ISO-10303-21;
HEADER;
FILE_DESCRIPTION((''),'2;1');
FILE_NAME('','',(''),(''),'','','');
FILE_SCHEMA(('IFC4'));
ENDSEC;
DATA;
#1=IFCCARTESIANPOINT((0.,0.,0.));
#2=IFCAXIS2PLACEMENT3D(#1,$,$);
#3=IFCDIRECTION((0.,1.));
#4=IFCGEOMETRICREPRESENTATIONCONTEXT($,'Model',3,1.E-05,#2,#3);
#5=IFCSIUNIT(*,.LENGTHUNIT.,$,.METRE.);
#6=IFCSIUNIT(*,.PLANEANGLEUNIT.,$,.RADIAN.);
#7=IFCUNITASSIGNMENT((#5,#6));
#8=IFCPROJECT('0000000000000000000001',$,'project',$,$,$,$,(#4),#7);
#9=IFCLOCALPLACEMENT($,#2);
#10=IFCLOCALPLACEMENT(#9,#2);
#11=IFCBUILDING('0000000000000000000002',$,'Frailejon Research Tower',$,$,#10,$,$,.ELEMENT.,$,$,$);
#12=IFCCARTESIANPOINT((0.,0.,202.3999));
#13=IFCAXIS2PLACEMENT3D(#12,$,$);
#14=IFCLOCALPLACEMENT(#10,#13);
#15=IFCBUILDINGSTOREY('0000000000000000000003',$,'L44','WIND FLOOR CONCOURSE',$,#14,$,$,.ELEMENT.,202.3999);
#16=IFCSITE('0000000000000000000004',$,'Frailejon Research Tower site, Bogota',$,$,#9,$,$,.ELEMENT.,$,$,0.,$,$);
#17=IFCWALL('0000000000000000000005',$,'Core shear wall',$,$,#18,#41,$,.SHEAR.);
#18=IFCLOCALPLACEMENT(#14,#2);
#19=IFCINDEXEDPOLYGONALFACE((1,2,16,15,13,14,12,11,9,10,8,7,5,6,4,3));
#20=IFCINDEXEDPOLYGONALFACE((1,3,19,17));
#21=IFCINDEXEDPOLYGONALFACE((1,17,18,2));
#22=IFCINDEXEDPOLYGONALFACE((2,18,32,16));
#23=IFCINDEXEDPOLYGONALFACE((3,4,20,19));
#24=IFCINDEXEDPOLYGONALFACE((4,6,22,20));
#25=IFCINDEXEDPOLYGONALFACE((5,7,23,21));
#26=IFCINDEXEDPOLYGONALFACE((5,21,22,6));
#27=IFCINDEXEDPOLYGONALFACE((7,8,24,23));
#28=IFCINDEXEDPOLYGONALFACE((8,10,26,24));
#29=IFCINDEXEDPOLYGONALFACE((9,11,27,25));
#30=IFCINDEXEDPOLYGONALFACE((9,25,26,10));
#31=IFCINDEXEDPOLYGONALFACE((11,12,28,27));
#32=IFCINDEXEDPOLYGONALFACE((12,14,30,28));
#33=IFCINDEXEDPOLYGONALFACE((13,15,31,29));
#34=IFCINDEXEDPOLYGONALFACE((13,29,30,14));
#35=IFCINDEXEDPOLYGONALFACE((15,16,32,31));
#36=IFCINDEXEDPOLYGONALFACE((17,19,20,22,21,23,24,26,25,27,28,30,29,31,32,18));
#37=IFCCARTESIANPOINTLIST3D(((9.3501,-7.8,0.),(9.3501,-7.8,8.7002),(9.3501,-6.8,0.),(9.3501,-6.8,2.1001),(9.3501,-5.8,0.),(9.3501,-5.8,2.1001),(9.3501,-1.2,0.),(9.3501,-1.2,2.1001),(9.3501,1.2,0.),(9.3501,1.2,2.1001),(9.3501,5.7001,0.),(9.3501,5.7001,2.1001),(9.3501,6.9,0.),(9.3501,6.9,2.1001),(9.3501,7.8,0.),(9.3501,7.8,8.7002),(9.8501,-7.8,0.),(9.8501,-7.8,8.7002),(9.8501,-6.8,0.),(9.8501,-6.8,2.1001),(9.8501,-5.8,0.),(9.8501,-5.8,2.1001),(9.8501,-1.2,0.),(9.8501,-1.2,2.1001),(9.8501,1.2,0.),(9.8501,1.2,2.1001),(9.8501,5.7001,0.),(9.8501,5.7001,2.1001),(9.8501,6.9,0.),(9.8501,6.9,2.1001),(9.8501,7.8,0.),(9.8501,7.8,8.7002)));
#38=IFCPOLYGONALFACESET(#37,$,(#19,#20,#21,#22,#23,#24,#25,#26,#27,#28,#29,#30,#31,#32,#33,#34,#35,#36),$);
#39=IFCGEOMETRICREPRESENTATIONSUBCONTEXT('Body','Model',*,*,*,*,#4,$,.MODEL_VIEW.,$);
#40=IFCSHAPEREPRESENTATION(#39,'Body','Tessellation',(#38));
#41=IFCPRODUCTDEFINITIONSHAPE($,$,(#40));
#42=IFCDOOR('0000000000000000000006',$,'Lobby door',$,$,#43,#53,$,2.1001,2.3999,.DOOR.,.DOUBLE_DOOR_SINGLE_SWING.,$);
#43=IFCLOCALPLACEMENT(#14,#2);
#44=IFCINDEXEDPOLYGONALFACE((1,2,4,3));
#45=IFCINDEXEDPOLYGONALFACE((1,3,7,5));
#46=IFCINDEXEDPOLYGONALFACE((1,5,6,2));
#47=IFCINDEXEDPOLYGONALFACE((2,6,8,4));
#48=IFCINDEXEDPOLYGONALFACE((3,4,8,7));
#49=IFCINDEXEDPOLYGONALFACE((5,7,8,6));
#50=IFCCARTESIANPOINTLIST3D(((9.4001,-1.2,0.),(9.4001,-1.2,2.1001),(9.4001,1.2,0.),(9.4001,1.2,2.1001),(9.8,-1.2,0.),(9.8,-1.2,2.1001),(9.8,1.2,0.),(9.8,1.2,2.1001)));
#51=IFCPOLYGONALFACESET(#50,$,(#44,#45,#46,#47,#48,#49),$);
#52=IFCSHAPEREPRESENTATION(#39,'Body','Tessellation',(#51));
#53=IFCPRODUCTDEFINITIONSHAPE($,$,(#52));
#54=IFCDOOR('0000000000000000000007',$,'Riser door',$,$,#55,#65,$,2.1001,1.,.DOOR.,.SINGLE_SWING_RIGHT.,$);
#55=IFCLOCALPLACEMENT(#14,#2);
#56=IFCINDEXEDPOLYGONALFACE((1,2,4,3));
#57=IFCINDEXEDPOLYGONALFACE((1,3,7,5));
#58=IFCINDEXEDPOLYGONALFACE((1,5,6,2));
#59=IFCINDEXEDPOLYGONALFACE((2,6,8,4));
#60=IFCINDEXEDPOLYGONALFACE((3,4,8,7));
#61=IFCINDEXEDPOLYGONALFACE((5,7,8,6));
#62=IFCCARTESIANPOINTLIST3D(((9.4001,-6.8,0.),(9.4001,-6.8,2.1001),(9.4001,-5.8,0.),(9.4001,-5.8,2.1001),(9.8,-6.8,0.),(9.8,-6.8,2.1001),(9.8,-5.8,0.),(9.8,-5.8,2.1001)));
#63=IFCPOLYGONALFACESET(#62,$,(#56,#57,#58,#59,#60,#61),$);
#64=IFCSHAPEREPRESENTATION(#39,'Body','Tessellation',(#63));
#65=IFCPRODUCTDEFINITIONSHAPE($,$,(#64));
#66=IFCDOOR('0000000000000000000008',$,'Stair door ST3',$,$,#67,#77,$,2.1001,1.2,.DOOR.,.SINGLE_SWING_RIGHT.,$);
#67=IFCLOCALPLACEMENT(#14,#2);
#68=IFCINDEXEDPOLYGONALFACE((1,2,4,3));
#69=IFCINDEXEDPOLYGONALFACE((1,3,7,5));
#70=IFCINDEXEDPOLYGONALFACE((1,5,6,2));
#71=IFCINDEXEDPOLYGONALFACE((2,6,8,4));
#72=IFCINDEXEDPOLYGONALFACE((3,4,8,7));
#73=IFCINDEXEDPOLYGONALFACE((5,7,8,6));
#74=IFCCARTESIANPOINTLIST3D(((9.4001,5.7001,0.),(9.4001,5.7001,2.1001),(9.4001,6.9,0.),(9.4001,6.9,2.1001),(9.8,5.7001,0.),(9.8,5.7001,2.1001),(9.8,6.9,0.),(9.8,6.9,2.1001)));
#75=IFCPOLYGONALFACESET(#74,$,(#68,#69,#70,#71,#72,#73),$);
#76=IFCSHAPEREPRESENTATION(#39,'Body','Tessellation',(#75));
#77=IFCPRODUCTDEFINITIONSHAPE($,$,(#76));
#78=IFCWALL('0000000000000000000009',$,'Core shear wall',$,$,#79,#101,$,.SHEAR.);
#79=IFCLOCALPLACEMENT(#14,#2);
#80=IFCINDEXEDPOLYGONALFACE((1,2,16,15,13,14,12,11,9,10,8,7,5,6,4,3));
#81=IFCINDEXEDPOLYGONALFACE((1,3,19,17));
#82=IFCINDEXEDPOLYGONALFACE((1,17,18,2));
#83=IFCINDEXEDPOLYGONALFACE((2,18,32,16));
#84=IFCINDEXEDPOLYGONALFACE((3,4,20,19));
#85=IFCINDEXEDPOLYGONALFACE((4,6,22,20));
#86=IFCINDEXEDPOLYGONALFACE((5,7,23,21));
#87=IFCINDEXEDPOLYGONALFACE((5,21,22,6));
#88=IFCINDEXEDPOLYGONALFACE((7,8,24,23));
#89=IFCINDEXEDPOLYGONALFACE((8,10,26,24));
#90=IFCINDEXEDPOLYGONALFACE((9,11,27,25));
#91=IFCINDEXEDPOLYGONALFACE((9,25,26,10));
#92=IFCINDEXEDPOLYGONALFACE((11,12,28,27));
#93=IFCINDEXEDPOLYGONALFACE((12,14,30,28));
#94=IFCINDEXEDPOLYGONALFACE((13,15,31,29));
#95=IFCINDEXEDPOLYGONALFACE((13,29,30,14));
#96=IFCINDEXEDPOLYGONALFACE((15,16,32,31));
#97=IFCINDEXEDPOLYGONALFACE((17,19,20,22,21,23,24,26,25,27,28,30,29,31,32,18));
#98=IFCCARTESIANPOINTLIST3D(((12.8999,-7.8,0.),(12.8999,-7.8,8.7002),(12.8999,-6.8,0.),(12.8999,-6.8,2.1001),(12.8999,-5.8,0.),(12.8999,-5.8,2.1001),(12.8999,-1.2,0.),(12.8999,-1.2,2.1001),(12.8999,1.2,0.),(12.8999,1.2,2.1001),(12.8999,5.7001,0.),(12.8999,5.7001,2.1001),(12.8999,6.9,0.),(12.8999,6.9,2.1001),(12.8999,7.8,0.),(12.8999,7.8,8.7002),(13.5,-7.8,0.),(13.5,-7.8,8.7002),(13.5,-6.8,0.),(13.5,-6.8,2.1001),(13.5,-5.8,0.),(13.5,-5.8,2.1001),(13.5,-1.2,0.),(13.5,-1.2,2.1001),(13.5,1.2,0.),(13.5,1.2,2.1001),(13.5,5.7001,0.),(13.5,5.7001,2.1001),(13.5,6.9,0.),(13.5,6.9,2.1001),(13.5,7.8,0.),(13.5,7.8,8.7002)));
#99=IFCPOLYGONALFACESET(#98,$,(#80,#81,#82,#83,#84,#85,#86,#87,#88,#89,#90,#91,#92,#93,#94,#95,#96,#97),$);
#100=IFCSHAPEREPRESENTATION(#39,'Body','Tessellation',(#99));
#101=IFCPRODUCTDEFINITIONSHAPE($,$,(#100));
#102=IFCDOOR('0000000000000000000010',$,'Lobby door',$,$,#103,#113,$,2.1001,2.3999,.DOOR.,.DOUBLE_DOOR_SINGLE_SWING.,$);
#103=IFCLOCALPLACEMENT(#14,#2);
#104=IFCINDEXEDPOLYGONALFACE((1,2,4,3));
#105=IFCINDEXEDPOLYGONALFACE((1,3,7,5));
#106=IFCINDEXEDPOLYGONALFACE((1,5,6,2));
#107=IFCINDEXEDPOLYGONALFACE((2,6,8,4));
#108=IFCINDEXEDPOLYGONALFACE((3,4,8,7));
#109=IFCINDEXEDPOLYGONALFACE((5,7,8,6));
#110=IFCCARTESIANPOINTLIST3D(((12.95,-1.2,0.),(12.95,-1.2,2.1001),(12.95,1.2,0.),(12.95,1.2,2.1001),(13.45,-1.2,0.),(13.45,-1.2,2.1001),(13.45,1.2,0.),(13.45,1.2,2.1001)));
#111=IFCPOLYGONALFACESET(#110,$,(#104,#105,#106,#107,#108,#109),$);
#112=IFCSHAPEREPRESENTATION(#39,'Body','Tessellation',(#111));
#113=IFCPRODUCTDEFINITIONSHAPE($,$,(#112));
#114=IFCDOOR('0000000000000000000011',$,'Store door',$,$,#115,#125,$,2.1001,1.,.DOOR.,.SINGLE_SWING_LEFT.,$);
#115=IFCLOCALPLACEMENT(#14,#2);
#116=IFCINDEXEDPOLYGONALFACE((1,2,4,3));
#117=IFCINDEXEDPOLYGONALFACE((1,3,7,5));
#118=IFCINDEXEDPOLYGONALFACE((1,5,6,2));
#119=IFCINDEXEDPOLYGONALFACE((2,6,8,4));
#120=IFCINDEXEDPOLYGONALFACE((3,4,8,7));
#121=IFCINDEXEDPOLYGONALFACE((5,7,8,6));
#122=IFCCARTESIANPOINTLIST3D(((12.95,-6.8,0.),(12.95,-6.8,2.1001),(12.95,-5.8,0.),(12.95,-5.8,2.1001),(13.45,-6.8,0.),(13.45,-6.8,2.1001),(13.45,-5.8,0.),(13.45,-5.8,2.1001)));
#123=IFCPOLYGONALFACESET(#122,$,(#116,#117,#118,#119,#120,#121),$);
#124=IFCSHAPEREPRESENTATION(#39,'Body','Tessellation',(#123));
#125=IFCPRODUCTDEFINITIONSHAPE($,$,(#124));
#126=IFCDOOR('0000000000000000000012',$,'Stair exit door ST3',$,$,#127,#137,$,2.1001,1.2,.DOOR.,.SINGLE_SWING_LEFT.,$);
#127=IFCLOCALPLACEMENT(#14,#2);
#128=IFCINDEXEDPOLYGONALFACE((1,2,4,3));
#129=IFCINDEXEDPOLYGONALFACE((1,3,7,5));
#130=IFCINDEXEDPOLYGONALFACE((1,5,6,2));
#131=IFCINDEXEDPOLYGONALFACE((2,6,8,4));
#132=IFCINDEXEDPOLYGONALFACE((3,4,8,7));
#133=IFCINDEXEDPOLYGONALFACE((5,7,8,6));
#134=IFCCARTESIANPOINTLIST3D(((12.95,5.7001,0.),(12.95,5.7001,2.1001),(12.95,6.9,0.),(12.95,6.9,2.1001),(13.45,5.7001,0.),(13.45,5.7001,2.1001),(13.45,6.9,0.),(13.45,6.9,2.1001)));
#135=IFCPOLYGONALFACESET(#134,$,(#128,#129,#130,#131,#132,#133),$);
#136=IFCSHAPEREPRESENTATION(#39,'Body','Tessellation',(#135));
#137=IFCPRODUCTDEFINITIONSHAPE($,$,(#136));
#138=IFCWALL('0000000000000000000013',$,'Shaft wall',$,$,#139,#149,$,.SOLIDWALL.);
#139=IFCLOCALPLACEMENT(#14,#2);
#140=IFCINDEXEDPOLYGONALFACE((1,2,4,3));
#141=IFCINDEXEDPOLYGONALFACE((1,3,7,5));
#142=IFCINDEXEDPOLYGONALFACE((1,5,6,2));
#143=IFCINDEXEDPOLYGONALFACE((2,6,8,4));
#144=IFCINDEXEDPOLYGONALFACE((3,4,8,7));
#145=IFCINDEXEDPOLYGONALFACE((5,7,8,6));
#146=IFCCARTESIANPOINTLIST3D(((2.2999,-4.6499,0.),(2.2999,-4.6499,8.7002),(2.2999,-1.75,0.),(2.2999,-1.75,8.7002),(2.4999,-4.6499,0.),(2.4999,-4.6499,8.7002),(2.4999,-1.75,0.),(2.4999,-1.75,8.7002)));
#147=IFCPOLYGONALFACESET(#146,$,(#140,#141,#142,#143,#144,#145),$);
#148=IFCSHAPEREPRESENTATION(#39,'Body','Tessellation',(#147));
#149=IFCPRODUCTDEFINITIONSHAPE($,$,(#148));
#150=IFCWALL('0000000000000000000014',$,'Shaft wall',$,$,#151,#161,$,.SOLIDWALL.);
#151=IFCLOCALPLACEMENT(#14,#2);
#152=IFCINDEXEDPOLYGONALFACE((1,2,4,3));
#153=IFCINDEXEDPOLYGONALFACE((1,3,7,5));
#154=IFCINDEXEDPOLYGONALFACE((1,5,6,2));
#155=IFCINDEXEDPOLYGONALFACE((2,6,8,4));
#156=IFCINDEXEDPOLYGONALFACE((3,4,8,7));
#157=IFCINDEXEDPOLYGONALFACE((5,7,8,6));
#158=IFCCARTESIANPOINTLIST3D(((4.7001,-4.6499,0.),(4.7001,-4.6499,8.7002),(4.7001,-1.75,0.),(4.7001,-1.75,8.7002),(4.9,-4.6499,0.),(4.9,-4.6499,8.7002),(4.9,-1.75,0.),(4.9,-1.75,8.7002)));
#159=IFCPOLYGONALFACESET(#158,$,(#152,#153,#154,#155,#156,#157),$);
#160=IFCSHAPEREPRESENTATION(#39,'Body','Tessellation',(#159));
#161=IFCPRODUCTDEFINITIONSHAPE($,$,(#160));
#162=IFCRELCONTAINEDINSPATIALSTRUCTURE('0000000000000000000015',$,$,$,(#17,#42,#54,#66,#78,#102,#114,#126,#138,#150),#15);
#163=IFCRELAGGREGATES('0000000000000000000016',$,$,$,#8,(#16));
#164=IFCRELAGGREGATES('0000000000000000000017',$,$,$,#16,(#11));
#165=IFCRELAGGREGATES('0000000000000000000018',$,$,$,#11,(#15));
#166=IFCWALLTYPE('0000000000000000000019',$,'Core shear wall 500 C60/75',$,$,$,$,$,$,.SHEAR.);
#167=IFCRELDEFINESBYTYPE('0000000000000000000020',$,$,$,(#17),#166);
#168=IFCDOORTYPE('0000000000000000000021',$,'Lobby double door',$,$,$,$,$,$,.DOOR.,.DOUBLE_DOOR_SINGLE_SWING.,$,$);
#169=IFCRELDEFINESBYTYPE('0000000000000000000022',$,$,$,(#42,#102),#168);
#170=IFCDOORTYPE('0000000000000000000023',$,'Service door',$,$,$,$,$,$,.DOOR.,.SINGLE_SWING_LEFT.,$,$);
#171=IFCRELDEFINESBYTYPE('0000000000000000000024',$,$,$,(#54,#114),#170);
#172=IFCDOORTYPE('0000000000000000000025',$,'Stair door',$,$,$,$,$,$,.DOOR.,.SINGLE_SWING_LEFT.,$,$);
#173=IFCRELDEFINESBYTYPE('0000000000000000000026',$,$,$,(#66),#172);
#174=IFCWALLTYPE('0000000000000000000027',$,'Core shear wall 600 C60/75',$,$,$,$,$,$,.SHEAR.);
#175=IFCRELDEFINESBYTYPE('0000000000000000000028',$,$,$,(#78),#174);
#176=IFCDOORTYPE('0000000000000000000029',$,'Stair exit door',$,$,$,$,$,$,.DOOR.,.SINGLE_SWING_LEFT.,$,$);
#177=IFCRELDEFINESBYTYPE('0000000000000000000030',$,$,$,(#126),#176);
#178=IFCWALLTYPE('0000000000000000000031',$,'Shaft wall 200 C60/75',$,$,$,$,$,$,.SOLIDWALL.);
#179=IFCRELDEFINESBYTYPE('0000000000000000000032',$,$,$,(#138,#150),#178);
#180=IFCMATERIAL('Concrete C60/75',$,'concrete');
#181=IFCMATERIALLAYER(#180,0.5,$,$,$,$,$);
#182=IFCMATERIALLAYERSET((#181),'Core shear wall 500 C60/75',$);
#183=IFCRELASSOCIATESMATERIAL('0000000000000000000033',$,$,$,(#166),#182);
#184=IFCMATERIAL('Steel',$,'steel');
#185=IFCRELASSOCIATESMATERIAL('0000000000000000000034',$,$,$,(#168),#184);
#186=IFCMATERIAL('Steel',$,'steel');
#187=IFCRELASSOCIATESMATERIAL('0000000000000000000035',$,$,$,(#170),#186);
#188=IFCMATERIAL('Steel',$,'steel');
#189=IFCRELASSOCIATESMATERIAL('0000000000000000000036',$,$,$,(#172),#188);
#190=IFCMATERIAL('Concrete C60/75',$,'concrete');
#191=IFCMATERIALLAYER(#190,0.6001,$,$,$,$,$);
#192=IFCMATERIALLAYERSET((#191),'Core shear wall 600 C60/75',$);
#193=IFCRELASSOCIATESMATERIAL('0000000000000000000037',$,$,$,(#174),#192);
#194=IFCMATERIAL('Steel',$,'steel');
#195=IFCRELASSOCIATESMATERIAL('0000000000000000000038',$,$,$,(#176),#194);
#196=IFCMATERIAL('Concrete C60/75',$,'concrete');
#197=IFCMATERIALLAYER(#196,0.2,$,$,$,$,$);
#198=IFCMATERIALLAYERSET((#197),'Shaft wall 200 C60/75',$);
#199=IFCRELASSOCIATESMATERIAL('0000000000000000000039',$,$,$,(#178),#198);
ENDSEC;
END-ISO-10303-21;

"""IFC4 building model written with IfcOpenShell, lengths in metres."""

from ifc_helpers import new_model, si_unit, direction, frame, frame_2d, origin, place, context, subcontext, project, spatial, rectangle, extrude, material, layer, layer_set, type_object, element, fill, save


model = new_model("IFC4")

# Units and contexts
model_context = context("Model", 3, precision=1e-05, world=origin(), true_north=direction((0.0, 1.0)))
body_context = subcontext(model_context, "Body", "Model", "MODEL_VIEW")
ifc_project = project(units=[si_unit("LENGTHUNIT", "METRE"), si_unit("PLANEANGLEUNIT", "RADIAN")], contexts=[model_context])

# Site, building, storey
site_placement = place(None, origin())
site = spatial("IfcSite", under=ifc_project, at=site_placement, Name="Frailejon Research Tower site, Bogota", CompositionType="ELEMENT", RefElevation=0.0)
building_placement = place(site_placement, origin())
building = spatial("IfcBuilding", under=site, at=building_placement, Name="Frailejon Research Tower", CompositionType="ELEMENT")
storey_placement = place(building_placement, frame((0.0, 0.0, 202.3999)))
storey = spatial("IfcBuildingStorey", under=building, at=storey_placement, Name="L44", Description="WIND FLOOR CONCOURSE", CompositionType="ELEMENT", Elevation=202.3999)

# Walls, openings, doors
ifc_material_1 = material(Name="Concrete C60/75", Category="concrete")
ifc_layer_1 = layer(ifc_material_1, 0.5)
ifc_layer_set_1 = layer_set([ifc_layer_1], Name="Core shear wall 500 C60/75")
wall_type_1 = type_object("IfcWallType", Name="Core shear wall 500 C60/75", PredefinedType="SHEAR", material=ifc_layer_set_1)
wall_1_placement = place(storey_placement, frame((9.6001, -7.8, 0.0), z_axis=(0.0, 0.0, 1.0), x_axis=(0.0, 1.0, 0.0)))
wall_1 = element("IfcWall", 1, at=wall_1_placement, inside=storey, type_object=wall_type_1, Name="Core shear wall", PredefinedType="SHEAR", context=body_context, shape_type="SweptSolid", body=[
    extrude(rectangle(XDim=15.6001, YDim=0.5, at=frame_2d((7.8, 0.0))), origin(), (0.0, 0.0, 1.0), 8.7002),
])
opening_1_placement = place(wall_1_placement, frame((6.6001, 0.0, 0.0)))
opening_1 = element("IfcOpeningElement", 2, at=opening_1_placement, cuts=wall_1, PredefinedType="OPENING", context=body_context, shape_type="SweptSolid", body=[
    extrude(rectangle(XDim=2.3999, YDim=2.1001, at=frame_2d((1.2, 1.05))), frame((0.0, 0.26, 0.0), z_axis=(0.0, -1.0, 0.0), x_axis=(1.0, 0.0, 0.0)), (0.0, 0.0, 1.0), 0.52),
])
opening_2_placement = place(wall_1_placement, frame((13.5, 0.0, 0.0)))
opening_2 = element("IfcOpeningElement", 3, at=opening_2_placement, cuts=wall_1, PredefinedType="OPENING", context=body_context, shape_type="SweptSolid", body=[
    extrude(rectangle(XDim=1.2, YDim=2.1001, at=frame_2d((0.6001, 1.05))), frame((0.0, 0.26, 0.0), z_axis=(0.0, -1.0, 0.0), x_axis=(1.0, 0.0, 0.0)), (0.0, 0.0, 1.0), 0.52),
])
opening_3_placement = place(wall_1_placement, frame((1.0, 0.0, 0.0)))
opening_3 = element("IfcOpeningElement", 4, at=opening_3_placement, cuts=wall_1, PredefinedType="OPENING", context=body_context, shape_type="SweptSolid", body=[
    extrude(rectangle(XDim=1.0, YDim=2.1001, at=frame_2d((0.5, 1.05))), frame((0.0, 0.26, 0.0), z_axis=(0.0, -1.0, 0.0), x_axis=(1.0, 0.0, 0.0)), (0.0, 0.0, 1.0), 0.52),
])
ifc_material_2 = material(Name="Steel", Category="steel")
door_type_1 = type_object("IfcDoorType", Name="Lobby double door", OperationType="DOUBLE_DOOR_SINGLE_SWING", PredefinedType="DOOR", material=ifc_material_2)
door_1_placement = place(opening_1_placement, origin())
door_1 = element("IfcDoor", 5, at=door_1_placement, inside=storey, type_object=door_type_1, Name="Lobby door", OperationType="DOUBLE_DOOR_SINGLE_SWING", OverallHeight=2.1001, OverallWidth=2.3999, PredefinedType="DOOR", context=body_context, shape_type="SweptSolid", body=[
    extrude(rectangle(XDim=2.3999, YDim=2.1001, at=frame_2d((1.2, 1.05))), frame((0.0, 0.2, 0.0), z_axis=(0.0, -1.0, 0.0), x_axis=(1.0, 0.0, 0.0)), (0.0, 0.0, 1.0), 0.3999),
])
fill(opening_1, door_1)
ifc_material_3 = material(Name="Steel", Category="steel")
door_type_2 = type_object("IfcDoorType", Name="Service door", OperationType="SINGLE_SWING_LEFT", PredefinedType="DOOR", material=ifc_material_3)
door_2_placement = place(opening_3_placement, origin())
door_2 = element("IfcDoor", 6, at=door_2_placement, inside=storey, type_object=door_type_2, Name="Riser door", OperationType="SINGLE_SWING_RIGHT", OverallHeight=2.1001, OverallWidth=1.0, PredefinedType="DOOR", context=body_context, shape_type="SweptSolid", body=[
    extrude(rectangle(XDim=1.0, YDim=2.1001, at=frame_2d((0.5, 1.05))), frame((0.0, 0.2, 0.0), z_axis=(0.0, -1.0, 0.0), x_axis=(1.0, 0.0, 0.0)), (0.0, 0.0, 1.0), 0.3999),
])
fill(opening_3, door_2)
ifc_material_4 = material(Name="Steel", Category="steel")
door_type_3 = type_object("IfcDoorType", Name="Stair door", OperationType="SINGLE_SWING_LEFT", PredefinedType="DOOR", material=ifc_material_4)
door_3_placement = place(opening_2_placement, origin())
door_3 = element("IfcDoor", 7, at=door_3_placement, inside=storey, type_object=door_type_3, Name="Stair door ST3", OperationType="SINGLE_SWING_RIGHT", OverallHeight=2.1001, OverallWidth=1.2, PredefinedType="DOOR", context=body_context, shape_type="SweptSolid", body=[
    extrude(rectangle(XDim=1.2, YDim=2.1001, at=frame_2d((0.6001, 1.05))), frame((0.0, 0.2, 0.0), z_axis=(0.0, -1.0, 0.0), x_axis=(1.0, 0.0, 0.0)), (0.0, 0.0, 1.0), 0.3999),
])
fill(opening_2, door_3)
ifc_material_5 = material(Name="Concrete C60/75", Category="concrete")
ifc_layer_2 = layer(ifc_material_5, 0.6001)
ifc_layer_set_2 = layer_set([ifc_layer_2], Name="Core shear wall 600 C60/75")
wall_type_2 = type_object("IfcWallType", Name="Core shear wall 600 C60/75", PredefinedType="SHEAR", material=ifc_layer_set_2)
wall_2_placement = place(storey_placement, frame((13.2, -7.8, 0.0), z_axis=(0.0, 0.0, 1.0), x_axis=(0.0, 1.0, 0.0)))
wall_2 = element("IfcWall", 8, at=wall_2_placement, inside=storey, type_object=wall_type_2, Name="Core shear wall", PredefinedType="SHEAR", context=body_context, shape_type="SweptSolid", body=[
    extrude(rectangle(XDim=15.6001, YDim=0.6001, at=frame_2d((7.8, 0.0))), origin(), (0.0, 0.0, 1.0), 8.7002),
])
opening_4_placement = place(wall_2_placement, frame((6.6001, 0.0, 0.0)))
opening_4 = element("IfcOpeningElement", 9, at=opening_4_placement, cuts=wall_2, PredefinedType="OPENING", context=body_context, shape_type="SweptSolid", body=[
    extrude(rectangle(XDim=2.3999, YDim=2.1001, at=frame_2d((1.2, 1.05))), frame((0.0, 0.3101, 0.0), z_axis=(0.0, -1.0, 0.0), x_axis=(1.0, 0.0, 0.0)), (0.0, 0.0, 1.0), 0.6201),
])
opening_5_placement = place(wall_2_placement, frame((13.5, 0.0, 0.0)))
opening_5 = element("IfcOpeningElement", 10, at=opening_5_placement, cuts=wall_2, PredefinedType="OPENING", context=body_context, shape_type="SweptSolid", body=[
    extrude(rectangle(XDim=1.2, YDim=2.1001, at=frame_2d((0.6001, 1.05))), frame((0.0, 0.3101, 0.0), z_axis=(0.0, -1.0, 0.0), x_axis=(1.0, 0.0, 0.0)), (0.0, 0.0, 1.0), 0.6201),
])
opening_6_placement = place(wall_2_placement, frame((1.0, 0.0, 0.0)))
opening_6 = element("IfcOpeningElement", 11, at=opening_6_placement, cuts=wall_2, PredefinedType="OPENING", context=body_context, shape_type="SweptSolid", body=[
    extrude(rectangle(XDim=1.0, YDim=2.1001, at=frame_2d((0.5, 1.05))), frame((0.0, 0.3101, 0.0), z_axis=(0.0, -1.0, 0.0), x_axis=(1.0, 0.0, 0.0)), (0.0, 0.0, 1.0), 0.6201),
])
door_4_placement = place(opening_4_placement, origin())
door_4 = element("IfcDoor", 12, at=door_4_placement, inside=storey, type_object=door_type_1, Name="Lobby door", OperationType="DOUBLE_DOOR_SINGLE_SWING", OverallHeight=2.1001, OverallWidth=2.3999, PredefinedType="DOOR", context=body_context, shape_type="SweptSolid", body=[
    extrude(rectangle(XDim=2.3999, YDim=2.1001, at=frame_2d((1.2, 1.05))), frame((0.0, 0.25, 0.0), z_axis=(0.0, -1.0, 0.0), x_axis=(1.0, 0.0, 0.0)), (0.0, 0.0, 1.0), 0.5),
])
fill(opening_4, door_4)
door_5_placement = place(opening_6_placement, origin())
door_5 = element("IfcDoor", 13, at=door_5_placement, inside=storey, type_object=door_type_2, Name="Store door", OperationType="SINGLE_SWING_LEFT", OverallHeight=2.1001, OverallWidth=1.0, PredefinedType="DOOR", context=body_context, shape_type="SweptSolid", body=[
    extrude(rectangle(XDim=1.0, YDim=2.1001, at=frame_2d((0.5, 1.05))), frame((0.0, 0.25, 0.0), z_axis=(0.0, -1.0, 0.0), x_axis=(1.0, 0.0, 0.0)), (0.0, 0.0, 1.0), 0.5),
])
fill(opening_6, door_5)
ifc_material_6 = material(Name="Steel", Category="steel")
door_type_4 = type_object("IfcDoorType", Name="Stair exit door", OperationType="SINGLE_SWING_LEFT", PredefinedType="DOOR", material=ifc_material_6)
door_6_placement = place(opening_5_placement, origin())
door_6 = element("IfcDoor", 14, at=door_6_placement, inside=storey, type_object=door_type_4, Name="Stair exit door ST3", OperationType="SINGLE_SWING_LEFT", OverallHeight=2.1001, OverallWidth=1.2, PredefinedType="DOOR", context=body_context, shape_type="SweptSolid", body=[
    extrude(rectangle(XDim=1.2, YDim=2.1001, at=frame_2d((0.6001, 1.05))), frame((0.0, 0.25, 0.0), z_axis=(0.0, -1.0, 0.0), x_axis=(1.0, 0.0, 0.0)), (0.0, 0.0, 1.0), 0.5),
])
fill(opening_5, door_6)

# Walls
ifc_material_7 = material(Name="Concrete C60/75", Category="concrete")
ifc_layer_3 = layer(ifc_material_7, 0.2)
ifc_layer_set_3 = layer_set([ifc_layer_3], Name="Shaft wall 200 C60/75")
wall_type_3 = type_object("IfcWallType", Name="Shaft wall 200 C60/75", PredefinedType="SOLIDWALL", material=ifc_layer_set_3)
for number, where, z_axis, x_axis, name in (
    (15, (2.3999, -4.6499, 0.0), (0.0, 0.0, 1.0), (0.0, 1.0, 0.0), "Shaft wall"),
    (16, (4.8, -4.6499, 0.0), (0.0, 0.0, 1.0), (0.0, 1.0, 0.0), "Shaft wall"),
):
    element("IfcWall", number, at=place(storey_placement, frame(where, z_axis=z_axis, x_axis=x_axis)), inside=storey, type_object=wall_type_3, Name=name, PredefinedType="SOLIDWALL", context=body_context, shape_type="SweptSolid", body=[
        extrude(rectangle(XDim=2.8999, YDim=0.2, at=frame_2d((1.45, 0.0))), origin(), (0.0, 0.0, 1.0), 8.7002),
    ])

save(model, "model.ifc")
